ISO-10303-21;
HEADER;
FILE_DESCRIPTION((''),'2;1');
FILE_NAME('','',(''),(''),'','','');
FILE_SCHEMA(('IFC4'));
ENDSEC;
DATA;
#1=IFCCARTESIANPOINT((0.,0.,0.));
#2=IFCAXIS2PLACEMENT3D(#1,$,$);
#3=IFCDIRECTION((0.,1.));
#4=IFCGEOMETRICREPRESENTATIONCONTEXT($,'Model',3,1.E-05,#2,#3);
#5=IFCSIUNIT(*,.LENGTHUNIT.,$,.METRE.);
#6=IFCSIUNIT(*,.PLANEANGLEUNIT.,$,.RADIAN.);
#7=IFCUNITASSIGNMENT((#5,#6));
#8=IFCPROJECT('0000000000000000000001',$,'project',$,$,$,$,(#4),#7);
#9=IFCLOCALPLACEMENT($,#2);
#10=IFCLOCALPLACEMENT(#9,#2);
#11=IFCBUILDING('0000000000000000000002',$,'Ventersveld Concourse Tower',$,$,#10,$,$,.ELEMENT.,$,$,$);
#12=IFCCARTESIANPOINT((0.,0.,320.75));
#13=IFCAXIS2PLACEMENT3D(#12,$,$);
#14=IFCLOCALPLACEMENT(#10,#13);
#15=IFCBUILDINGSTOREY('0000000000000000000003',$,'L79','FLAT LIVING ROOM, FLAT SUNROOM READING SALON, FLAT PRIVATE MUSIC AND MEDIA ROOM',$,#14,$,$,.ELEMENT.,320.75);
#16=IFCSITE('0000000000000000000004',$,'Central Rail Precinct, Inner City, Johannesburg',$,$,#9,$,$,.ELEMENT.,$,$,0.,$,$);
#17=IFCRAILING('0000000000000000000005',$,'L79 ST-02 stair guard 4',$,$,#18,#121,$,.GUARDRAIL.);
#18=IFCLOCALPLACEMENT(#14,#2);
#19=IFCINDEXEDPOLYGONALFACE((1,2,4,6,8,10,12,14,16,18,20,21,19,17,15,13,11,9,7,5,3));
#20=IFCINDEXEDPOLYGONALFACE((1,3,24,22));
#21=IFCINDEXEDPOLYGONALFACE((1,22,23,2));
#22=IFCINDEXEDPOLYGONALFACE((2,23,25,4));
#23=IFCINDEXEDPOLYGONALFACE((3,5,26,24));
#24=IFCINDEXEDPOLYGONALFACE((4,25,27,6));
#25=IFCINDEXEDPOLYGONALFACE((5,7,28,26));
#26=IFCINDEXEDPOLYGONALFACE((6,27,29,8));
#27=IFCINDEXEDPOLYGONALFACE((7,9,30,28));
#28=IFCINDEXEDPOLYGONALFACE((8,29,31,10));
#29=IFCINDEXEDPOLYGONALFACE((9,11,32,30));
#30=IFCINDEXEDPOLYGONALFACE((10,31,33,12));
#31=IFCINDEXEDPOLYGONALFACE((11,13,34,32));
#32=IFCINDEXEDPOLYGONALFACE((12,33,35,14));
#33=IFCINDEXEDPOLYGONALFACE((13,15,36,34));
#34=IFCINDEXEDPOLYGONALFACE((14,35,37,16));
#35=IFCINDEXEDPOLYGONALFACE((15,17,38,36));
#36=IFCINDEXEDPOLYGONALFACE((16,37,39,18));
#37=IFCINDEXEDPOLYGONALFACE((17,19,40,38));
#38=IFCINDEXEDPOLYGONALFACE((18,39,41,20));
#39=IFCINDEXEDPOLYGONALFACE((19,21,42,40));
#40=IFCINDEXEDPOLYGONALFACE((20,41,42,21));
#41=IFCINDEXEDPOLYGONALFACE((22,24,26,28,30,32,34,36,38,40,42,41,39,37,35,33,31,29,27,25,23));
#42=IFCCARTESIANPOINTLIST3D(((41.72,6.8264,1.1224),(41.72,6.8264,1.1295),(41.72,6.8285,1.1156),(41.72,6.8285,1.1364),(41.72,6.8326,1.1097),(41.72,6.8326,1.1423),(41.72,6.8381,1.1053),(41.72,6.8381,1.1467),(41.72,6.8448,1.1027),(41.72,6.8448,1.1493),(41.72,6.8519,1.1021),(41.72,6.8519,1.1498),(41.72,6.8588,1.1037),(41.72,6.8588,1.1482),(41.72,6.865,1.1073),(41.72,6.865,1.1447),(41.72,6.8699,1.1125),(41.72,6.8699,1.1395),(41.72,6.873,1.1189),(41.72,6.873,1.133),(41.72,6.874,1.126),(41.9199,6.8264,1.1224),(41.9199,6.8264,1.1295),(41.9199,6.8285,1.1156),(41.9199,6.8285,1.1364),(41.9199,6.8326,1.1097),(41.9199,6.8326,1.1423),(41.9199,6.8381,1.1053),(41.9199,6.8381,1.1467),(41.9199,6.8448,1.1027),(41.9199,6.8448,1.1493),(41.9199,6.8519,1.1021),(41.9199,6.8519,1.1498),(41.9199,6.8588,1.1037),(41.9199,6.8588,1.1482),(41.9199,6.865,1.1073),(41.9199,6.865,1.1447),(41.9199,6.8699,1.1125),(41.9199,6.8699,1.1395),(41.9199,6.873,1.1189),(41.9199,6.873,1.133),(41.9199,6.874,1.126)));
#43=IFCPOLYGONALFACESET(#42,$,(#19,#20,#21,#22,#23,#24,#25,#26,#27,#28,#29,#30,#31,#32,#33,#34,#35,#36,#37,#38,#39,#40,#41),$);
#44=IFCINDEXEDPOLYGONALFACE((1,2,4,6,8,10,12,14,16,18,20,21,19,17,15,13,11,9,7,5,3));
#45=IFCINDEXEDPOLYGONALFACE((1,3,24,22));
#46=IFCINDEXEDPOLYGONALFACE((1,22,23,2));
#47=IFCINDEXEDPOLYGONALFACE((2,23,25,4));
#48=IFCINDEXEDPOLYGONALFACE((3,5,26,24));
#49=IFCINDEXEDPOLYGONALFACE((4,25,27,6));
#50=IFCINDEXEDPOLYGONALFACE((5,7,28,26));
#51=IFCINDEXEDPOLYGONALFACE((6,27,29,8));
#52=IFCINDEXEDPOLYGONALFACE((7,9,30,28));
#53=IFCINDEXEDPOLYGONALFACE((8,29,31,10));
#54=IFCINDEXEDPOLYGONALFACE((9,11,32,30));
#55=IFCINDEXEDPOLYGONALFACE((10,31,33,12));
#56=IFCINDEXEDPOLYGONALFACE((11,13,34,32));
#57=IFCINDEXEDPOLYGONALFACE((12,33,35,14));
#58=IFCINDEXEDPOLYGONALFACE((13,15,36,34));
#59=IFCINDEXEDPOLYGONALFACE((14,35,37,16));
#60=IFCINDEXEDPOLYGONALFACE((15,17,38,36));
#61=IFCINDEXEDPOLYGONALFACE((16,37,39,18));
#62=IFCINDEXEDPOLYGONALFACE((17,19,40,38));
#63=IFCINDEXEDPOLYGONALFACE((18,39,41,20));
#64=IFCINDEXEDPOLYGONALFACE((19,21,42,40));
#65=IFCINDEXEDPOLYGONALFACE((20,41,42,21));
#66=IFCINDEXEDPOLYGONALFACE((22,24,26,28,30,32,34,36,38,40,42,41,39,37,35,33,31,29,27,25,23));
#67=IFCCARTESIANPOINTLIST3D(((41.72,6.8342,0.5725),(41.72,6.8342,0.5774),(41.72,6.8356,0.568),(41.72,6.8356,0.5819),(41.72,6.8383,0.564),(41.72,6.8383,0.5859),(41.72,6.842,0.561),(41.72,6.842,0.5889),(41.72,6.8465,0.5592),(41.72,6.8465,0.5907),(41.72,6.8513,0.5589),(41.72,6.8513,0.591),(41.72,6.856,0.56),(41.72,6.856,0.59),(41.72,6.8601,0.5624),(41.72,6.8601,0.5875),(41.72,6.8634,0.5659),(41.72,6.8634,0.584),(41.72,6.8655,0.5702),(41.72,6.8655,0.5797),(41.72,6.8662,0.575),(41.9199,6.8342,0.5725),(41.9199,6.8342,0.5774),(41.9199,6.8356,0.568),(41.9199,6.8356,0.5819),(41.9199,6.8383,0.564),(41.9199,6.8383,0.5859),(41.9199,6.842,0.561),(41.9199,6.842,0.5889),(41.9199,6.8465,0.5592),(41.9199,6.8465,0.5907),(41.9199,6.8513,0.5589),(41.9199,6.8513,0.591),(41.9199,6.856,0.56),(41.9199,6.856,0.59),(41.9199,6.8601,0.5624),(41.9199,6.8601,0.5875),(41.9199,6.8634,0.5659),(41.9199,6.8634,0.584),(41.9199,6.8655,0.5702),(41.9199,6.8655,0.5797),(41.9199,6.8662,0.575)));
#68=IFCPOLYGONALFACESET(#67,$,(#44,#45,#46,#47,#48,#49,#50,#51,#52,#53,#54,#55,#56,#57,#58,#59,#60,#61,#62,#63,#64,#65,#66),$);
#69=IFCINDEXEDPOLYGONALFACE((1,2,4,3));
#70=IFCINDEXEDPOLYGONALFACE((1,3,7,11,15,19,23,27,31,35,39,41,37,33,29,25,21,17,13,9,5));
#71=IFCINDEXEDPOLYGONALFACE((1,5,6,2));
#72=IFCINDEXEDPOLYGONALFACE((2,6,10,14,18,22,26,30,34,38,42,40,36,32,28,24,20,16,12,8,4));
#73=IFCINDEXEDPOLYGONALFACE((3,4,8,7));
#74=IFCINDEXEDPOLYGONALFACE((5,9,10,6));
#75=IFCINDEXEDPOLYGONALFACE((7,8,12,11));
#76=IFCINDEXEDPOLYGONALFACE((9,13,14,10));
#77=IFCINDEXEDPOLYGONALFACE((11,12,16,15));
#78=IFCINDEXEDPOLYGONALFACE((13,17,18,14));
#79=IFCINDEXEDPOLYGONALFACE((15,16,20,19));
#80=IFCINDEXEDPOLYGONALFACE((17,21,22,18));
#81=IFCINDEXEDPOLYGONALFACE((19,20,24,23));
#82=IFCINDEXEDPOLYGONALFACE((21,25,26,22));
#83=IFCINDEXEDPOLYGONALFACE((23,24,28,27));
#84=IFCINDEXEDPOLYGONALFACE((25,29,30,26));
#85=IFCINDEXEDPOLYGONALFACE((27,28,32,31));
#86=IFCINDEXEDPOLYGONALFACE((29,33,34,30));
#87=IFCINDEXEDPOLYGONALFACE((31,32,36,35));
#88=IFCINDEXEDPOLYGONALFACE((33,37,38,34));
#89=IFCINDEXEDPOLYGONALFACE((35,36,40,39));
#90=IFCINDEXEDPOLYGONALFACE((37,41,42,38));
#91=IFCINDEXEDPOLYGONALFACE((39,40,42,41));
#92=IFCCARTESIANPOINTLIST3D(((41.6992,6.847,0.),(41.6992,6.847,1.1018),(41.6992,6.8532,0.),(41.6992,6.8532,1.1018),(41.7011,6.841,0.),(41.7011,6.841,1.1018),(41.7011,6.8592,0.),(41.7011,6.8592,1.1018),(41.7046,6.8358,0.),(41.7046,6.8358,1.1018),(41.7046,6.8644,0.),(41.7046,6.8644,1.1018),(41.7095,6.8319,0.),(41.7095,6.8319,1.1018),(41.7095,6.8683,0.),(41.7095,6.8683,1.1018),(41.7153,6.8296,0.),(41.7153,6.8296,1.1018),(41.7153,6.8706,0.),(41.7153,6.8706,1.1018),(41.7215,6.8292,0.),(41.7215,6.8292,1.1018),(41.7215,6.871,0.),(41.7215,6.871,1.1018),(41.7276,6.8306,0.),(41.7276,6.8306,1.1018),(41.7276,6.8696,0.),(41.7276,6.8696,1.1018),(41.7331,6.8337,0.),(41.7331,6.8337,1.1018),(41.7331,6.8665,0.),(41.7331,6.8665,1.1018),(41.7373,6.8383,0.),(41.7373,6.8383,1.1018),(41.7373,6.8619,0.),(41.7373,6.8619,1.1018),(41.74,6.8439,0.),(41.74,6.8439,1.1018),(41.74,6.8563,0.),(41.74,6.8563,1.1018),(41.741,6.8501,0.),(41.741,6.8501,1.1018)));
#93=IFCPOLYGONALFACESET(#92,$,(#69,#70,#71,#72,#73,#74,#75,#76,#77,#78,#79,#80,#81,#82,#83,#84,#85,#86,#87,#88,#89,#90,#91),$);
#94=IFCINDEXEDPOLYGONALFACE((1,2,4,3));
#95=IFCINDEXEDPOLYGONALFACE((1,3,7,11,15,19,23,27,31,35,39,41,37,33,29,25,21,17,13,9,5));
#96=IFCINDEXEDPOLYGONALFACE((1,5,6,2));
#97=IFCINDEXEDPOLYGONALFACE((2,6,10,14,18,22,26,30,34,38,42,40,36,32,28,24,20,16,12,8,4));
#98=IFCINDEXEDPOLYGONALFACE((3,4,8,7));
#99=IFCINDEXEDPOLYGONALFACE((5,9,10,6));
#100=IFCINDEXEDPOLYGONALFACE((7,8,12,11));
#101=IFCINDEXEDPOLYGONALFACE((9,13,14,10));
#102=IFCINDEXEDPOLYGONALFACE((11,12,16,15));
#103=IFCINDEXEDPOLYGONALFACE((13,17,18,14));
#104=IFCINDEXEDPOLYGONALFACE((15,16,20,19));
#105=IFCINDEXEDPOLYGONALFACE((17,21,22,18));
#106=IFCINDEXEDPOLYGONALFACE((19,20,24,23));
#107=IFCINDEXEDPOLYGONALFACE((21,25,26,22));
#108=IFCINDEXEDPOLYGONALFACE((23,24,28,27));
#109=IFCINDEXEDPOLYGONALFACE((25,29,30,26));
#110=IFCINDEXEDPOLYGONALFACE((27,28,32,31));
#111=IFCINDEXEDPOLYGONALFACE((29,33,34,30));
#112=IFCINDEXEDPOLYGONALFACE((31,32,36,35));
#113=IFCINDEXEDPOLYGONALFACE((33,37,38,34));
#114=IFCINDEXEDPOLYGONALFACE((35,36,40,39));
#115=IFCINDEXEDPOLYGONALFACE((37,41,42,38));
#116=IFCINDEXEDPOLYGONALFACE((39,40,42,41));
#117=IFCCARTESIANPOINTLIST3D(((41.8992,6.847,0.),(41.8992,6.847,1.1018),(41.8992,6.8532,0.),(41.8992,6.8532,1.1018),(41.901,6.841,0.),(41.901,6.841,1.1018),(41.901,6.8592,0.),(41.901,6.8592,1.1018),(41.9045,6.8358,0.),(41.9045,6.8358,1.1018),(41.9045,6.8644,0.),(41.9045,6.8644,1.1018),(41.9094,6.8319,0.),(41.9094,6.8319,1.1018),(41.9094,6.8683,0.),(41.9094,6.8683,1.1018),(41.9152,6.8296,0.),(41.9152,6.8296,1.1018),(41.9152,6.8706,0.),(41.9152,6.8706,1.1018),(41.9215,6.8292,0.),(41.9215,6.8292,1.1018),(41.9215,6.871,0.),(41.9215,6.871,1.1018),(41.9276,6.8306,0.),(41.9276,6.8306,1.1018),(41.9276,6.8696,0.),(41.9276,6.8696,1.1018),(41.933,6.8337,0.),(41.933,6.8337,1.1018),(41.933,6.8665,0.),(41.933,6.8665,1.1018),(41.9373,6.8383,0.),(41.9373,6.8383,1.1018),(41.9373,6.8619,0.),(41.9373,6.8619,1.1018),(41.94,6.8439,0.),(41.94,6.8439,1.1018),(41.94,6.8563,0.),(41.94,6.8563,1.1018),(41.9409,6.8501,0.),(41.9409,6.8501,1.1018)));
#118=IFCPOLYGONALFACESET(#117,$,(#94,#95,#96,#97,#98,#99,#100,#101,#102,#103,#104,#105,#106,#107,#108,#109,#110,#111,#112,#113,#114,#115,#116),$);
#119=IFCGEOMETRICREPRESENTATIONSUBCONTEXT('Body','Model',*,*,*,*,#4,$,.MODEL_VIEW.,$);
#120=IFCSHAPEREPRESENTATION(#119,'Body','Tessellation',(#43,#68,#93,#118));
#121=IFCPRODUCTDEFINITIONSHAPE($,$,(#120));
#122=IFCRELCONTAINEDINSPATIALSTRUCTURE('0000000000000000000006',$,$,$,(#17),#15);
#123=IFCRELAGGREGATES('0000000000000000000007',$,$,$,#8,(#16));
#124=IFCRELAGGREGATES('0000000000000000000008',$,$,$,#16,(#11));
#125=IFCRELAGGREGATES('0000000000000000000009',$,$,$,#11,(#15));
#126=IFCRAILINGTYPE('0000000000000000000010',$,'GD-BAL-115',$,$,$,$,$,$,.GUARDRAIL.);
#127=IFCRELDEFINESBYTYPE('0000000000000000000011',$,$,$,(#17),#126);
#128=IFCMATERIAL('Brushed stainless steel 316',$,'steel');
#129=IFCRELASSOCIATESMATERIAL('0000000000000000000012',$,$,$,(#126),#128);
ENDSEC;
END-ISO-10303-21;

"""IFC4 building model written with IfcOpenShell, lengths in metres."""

from ifc_helpers import new_model, si_unit, direction, frame, origin, origin_2d, place, context, subcontext, project, spatial, circle, extrude, material, type_object, element, save


model = new_model("IFC4")

# Units and contexts
model_context = context("Model", 3, precision=1e-05, world=origin(), true_north=direction((0.0, 1.0)))
body_context = subcontext(model_context, "Body", "Model", "MODEL_VIEW")
ifc_project = project(units=[si_unit("LENGTHUNIT", "METRE"), si_unit("PLANEANGLEUNIT", "RADIAN")], contexts=[model_context])

# Site, building, storey
site_placement = place(None, origin())
site = spatial("IfcSite", under=ifc_project, at=site_placement, Name="Central Rail Precinct, Inner City, Johannesburg", CompositionType="ELEMENT", RefElevation=0.0)
building_placement = place(site_placement, origin())
building = spatial("IfcBuilding", under=site, at=building_placement, Name="Ventersveld Concourse Tower", CompositionType="ELEMENT")
storey_placement = place(building_placement, frame((0.0, 0.0, 320.75)))
storey = spatial("IfcBuildingStorey", under=building, at=storey_placement, Name="L79", Description="FLAT LIVING ROOM, FLAT SUNROOM READING SALON, FLAT PRIVATE MUSIC AND MEDIA ROOM", CompositionType="ELEMENT", Elevation=320.75)

# Shared definitions
ifc_material_1 = material(Name="Brushed stainless steel 316", Category="steel")

# Railing
railing_type_1 = type_object("IfcRailingType", Name="GD-BAL-115", PredefinedType="GUARDRAIL", material=ifc_material_1)
railing_1_placement = place(storey_placement, frame((41.72, 6.8501, 0.0)))
element("IfcRailing", 1, at=railing_1_placement, inside=storey, type_object=railing_type_1, Name="L79 ST-02 stair guard 4", PredefinedType="GUARDRAIL", context=body_context, shape_type="SweptSolid", body=[
    extrude(circle(Radius=0.0239, at=origin_2d()), frame((0.0, 0.0, 1.126), z_axis=(1.0, 0.0, 0.0), x_axis=(0.0, 1.0, 0.0)), (0.0, 0.0, 1.0), 0.2),
    extrude(circle(Radius=0.0161, at=origin_2d()), frame((0.0, 0.0, 0.575), z_axis=(1.0, 0.0, 0.0), x_axis=(0.0, 1.0, 0.0)), (0.0, 0.0, 1.0), 0.2),
    extrude(circle(Radius=0.021, at=origin_2d()), origin(), (0.0, 0.0, 1.0), 1.1018),
    extrude(circle(Radius=0.021, at=origin_2d()), frame((0.2, 0.0, 0.0)), (0.0, 0.0, 1.0), 1.1018),
])

save(model, "model.ifc")
